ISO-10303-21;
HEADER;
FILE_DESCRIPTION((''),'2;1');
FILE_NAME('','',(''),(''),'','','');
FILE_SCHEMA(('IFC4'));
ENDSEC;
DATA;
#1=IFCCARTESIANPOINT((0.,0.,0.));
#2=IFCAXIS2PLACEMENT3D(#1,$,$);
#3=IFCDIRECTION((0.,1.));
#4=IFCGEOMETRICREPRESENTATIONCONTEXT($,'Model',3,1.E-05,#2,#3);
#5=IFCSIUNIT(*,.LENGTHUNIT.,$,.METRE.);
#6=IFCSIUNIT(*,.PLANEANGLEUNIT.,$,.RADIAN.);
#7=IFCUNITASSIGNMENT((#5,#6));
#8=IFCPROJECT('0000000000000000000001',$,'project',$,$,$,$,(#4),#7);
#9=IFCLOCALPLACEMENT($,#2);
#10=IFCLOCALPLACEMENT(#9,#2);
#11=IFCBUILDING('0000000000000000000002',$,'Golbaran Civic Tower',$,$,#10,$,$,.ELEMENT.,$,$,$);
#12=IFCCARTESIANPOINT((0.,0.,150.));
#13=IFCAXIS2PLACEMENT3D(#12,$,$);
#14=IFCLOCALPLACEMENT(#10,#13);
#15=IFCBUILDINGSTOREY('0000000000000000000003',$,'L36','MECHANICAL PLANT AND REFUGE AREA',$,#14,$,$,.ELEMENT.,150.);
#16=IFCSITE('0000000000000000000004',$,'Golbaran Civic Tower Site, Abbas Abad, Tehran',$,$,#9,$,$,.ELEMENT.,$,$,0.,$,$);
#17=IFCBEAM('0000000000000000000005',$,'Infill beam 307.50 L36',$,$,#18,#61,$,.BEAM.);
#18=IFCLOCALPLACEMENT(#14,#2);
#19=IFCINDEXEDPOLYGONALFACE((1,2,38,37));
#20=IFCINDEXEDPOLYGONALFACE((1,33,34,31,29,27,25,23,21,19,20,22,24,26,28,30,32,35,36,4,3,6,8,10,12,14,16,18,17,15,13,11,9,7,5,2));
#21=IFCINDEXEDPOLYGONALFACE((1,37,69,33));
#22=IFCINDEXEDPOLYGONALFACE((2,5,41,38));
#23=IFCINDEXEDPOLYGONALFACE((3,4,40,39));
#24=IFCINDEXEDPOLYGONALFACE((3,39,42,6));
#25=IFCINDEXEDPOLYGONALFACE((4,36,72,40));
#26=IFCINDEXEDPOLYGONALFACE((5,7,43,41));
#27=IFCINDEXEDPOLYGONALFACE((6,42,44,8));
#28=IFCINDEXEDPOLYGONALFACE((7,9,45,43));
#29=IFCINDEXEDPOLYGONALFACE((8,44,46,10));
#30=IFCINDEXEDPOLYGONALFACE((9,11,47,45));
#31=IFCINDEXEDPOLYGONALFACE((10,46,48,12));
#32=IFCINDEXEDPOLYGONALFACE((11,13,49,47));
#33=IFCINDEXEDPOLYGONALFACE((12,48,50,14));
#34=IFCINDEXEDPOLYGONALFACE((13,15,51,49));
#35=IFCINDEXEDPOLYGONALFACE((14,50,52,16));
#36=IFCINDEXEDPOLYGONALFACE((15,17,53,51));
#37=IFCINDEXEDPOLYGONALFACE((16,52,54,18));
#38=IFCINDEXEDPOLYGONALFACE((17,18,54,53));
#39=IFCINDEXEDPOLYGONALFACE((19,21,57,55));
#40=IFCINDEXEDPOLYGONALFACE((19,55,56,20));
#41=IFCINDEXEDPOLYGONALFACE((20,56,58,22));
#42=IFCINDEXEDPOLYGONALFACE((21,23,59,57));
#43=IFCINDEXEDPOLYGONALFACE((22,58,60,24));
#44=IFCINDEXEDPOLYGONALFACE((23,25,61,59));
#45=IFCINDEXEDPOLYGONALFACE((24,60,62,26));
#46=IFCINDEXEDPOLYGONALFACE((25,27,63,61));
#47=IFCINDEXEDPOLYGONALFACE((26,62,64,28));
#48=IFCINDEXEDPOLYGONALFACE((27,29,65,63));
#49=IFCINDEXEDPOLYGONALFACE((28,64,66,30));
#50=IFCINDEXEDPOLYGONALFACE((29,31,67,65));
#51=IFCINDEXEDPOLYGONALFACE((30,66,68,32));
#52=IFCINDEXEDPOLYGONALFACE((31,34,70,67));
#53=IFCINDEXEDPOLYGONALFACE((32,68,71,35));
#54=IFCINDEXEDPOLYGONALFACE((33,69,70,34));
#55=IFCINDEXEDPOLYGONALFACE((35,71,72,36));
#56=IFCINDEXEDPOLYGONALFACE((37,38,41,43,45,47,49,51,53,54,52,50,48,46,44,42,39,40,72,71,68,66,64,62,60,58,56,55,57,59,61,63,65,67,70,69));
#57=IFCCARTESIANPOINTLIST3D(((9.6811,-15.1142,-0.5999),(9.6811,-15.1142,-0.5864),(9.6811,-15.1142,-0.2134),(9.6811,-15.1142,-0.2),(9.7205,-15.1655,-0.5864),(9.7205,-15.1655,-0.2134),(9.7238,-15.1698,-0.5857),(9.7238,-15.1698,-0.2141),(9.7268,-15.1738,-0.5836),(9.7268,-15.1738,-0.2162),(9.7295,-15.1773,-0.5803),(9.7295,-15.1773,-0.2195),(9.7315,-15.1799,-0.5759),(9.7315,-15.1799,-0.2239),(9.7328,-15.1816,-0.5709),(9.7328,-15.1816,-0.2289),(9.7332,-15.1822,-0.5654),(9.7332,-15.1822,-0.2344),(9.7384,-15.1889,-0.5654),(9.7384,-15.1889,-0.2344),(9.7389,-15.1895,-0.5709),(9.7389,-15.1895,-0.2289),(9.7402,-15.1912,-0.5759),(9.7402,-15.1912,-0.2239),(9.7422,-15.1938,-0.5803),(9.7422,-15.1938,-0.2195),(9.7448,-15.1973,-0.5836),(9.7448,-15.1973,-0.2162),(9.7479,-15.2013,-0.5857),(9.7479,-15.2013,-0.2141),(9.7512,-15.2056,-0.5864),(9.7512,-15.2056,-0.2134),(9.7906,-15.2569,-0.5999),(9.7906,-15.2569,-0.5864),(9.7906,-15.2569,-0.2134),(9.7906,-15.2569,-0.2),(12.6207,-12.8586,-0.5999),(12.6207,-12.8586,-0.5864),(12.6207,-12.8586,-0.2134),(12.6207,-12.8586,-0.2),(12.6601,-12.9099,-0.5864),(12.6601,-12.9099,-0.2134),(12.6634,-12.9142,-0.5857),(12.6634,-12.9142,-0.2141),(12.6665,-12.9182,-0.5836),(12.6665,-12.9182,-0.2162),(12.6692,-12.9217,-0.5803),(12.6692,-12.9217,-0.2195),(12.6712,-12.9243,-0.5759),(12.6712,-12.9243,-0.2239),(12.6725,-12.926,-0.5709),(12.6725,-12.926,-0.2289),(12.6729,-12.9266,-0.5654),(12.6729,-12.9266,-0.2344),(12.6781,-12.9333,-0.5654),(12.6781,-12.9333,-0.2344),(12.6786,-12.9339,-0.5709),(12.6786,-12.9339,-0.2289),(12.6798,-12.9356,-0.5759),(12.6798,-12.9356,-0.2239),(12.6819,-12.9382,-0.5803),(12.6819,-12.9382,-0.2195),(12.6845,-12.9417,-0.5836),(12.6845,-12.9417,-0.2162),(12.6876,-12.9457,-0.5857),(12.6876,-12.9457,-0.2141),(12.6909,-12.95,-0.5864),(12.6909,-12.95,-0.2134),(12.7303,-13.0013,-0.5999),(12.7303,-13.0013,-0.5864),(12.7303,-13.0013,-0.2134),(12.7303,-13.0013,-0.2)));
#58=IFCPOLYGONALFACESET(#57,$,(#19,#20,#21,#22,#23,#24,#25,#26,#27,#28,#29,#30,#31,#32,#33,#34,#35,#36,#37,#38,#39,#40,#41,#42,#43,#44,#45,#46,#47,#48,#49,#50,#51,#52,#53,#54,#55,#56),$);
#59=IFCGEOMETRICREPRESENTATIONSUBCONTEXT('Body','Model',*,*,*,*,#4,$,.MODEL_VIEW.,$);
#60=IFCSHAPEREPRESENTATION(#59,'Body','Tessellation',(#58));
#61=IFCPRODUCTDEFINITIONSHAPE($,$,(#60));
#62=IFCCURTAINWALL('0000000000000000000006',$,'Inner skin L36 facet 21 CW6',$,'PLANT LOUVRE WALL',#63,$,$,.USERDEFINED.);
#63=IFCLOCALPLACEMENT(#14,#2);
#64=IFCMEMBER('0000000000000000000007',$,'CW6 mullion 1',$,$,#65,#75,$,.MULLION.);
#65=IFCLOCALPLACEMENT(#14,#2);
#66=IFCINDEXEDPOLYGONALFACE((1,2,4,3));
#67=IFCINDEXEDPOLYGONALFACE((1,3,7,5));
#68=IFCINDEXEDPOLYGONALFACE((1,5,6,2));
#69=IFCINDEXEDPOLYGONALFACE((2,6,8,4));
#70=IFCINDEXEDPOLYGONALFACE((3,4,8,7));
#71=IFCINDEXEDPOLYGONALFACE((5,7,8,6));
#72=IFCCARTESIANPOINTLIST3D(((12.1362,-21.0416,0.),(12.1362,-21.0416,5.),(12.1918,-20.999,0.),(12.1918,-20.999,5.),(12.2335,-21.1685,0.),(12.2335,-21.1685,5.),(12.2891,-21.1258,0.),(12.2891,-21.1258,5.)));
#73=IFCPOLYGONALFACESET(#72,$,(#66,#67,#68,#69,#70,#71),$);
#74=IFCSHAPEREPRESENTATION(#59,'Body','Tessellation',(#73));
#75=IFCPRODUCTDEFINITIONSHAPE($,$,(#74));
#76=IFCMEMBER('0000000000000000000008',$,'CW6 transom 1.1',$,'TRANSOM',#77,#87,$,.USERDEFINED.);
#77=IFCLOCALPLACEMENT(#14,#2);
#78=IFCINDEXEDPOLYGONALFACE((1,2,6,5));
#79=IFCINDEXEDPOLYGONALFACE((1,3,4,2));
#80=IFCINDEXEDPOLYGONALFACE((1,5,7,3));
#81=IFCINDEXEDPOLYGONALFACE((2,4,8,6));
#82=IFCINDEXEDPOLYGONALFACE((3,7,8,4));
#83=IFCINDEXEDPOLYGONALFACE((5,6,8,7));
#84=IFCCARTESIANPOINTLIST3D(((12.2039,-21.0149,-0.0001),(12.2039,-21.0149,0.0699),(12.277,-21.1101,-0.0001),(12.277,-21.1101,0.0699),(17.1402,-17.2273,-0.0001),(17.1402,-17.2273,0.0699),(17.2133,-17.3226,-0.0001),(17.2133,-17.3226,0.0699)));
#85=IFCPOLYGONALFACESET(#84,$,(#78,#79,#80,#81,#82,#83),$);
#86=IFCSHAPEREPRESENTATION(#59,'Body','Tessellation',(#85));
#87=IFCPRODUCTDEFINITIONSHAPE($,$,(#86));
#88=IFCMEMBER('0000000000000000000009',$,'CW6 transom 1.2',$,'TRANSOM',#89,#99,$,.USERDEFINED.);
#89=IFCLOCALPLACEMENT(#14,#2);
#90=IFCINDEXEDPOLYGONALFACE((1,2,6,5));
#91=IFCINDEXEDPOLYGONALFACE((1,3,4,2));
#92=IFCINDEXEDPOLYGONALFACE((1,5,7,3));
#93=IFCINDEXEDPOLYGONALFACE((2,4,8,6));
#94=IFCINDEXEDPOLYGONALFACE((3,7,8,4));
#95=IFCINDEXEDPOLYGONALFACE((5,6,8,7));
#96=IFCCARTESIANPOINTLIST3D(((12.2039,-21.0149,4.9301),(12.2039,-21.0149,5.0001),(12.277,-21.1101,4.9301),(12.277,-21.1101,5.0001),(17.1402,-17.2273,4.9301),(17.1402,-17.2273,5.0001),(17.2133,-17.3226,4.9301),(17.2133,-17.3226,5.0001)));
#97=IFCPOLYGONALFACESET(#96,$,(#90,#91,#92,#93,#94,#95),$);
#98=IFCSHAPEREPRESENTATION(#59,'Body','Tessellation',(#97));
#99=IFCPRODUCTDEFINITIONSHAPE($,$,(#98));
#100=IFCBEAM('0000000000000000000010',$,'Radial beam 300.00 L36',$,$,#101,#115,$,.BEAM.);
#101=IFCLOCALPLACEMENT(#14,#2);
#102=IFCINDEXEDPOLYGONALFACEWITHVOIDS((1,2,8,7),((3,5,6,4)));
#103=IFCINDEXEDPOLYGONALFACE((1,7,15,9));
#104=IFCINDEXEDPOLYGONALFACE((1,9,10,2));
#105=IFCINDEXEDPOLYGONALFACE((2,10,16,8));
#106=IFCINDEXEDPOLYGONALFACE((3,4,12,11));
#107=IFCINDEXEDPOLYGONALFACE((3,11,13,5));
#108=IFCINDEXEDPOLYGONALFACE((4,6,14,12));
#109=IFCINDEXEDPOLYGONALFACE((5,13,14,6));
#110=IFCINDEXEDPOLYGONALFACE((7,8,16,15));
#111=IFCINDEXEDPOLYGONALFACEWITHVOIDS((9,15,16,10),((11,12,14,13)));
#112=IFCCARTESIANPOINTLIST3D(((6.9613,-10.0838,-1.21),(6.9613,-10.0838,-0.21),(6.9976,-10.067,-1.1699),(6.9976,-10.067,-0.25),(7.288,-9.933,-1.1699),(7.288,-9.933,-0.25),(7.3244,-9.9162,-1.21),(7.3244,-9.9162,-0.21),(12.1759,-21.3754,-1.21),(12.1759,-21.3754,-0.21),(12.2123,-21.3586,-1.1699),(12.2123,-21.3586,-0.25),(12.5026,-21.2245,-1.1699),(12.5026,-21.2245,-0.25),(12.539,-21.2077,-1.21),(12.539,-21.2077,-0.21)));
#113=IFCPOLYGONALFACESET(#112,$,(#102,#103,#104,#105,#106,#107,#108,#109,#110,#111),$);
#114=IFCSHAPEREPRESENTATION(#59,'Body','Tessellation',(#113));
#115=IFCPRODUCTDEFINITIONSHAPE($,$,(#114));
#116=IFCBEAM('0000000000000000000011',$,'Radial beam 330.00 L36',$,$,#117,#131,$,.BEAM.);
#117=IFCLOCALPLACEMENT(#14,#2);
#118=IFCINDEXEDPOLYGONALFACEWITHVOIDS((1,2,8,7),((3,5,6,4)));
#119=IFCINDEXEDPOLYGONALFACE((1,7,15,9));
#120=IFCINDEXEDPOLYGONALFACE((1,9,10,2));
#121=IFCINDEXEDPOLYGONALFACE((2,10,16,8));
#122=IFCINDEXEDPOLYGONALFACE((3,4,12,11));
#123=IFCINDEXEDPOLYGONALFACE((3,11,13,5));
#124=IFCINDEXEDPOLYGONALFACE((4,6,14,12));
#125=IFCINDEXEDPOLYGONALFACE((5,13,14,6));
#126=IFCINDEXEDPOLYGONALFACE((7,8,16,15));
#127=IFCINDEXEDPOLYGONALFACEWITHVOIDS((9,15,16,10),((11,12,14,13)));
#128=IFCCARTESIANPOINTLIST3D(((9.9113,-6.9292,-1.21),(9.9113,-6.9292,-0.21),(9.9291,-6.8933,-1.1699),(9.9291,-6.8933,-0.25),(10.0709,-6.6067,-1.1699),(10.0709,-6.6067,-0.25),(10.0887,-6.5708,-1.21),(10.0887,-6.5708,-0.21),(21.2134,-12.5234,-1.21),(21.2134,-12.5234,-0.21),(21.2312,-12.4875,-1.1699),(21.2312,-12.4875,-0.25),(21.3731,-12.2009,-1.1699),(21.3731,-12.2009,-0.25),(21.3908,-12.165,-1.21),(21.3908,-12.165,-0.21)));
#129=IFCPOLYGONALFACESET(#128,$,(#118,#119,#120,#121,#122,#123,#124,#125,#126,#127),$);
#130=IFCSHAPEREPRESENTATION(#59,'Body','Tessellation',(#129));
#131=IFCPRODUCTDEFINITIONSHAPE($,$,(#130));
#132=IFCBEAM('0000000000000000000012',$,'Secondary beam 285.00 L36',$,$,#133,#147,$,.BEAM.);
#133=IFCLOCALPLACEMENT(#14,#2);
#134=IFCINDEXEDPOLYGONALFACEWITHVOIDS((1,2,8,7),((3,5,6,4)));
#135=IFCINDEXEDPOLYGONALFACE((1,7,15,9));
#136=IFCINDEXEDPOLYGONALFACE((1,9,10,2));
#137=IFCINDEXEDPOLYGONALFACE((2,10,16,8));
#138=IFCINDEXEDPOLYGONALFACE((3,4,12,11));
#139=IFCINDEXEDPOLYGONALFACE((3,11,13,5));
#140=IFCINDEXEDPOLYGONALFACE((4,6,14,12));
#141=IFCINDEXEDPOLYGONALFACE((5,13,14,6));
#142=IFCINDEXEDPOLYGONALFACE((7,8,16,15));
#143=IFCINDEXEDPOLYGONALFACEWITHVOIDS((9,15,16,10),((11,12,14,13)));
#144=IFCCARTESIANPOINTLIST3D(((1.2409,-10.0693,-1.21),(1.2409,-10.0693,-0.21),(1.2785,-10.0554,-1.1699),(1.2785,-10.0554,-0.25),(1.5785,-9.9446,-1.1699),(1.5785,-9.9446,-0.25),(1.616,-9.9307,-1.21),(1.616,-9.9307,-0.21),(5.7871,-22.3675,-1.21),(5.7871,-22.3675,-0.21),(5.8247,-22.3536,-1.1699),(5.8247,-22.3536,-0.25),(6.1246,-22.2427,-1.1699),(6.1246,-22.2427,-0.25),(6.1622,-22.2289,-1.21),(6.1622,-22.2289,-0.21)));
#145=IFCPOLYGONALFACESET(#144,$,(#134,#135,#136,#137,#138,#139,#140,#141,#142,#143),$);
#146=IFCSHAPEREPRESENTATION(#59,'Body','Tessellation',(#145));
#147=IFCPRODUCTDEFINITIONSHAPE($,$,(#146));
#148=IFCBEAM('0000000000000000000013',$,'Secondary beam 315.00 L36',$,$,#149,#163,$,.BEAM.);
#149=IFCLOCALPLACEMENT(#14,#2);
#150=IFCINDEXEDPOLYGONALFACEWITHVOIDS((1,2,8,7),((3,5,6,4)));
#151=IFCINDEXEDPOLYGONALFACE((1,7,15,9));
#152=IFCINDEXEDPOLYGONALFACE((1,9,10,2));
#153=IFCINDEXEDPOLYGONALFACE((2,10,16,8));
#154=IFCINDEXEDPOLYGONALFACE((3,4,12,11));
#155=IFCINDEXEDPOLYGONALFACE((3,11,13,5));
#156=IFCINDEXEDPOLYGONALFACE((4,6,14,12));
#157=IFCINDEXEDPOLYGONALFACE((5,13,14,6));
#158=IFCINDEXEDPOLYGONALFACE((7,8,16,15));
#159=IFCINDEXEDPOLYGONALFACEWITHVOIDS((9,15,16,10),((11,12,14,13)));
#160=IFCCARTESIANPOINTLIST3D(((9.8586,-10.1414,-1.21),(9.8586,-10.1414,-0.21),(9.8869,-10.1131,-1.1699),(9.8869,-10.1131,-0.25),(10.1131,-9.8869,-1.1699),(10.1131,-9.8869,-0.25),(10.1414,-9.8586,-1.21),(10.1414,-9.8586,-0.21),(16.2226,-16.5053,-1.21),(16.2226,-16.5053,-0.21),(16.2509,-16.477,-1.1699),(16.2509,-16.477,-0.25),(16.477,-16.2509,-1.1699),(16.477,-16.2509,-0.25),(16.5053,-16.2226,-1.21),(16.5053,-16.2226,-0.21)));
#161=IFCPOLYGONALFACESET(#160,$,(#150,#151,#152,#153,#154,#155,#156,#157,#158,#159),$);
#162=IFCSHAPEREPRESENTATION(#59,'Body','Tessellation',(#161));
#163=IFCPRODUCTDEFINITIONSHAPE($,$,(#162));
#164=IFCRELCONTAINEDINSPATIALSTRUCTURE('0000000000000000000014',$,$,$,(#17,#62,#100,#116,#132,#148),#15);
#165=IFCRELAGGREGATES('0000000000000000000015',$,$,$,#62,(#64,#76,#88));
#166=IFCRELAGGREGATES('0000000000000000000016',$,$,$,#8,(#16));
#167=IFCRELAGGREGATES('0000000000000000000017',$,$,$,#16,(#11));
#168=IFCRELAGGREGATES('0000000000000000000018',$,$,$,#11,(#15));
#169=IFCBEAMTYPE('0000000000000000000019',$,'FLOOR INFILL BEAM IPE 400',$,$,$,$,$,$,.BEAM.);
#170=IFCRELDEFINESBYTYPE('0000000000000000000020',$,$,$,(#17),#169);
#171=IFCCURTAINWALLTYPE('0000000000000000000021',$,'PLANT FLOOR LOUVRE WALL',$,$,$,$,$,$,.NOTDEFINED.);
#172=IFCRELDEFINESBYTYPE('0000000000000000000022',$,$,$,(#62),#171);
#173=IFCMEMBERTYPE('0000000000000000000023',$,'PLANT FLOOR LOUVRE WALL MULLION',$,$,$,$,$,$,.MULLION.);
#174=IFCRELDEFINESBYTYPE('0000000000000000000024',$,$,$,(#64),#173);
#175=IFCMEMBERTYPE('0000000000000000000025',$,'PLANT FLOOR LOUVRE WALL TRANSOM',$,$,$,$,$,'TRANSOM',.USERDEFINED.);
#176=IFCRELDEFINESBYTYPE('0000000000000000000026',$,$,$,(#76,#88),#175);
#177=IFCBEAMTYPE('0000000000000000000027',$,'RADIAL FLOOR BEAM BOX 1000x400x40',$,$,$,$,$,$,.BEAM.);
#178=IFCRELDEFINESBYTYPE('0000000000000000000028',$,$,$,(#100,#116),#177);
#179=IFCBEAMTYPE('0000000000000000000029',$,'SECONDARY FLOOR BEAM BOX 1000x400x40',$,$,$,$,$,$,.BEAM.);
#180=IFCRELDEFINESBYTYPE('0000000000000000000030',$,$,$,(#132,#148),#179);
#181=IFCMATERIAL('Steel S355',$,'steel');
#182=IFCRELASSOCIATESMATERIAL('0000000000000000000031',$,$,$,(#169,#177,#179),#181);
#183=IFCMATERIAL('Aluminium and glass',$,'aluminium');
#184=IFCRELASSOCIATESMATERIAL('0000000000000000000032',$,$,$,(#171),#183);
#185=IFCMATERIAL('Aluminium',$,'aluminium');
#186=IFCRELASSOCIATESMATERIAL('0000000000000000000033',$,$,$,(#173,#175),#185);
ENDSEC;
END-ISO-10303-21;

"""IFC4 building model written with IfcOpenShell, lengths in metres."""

from ifc_helpers import new_model, si_unit, direction, frame, origin, origin_2d, place, context, subcontext, project, spatial, rectangle, hollow_rectangle, i_section, extrude, material, material_profile, profile_set, type_object, element, aggregate, save


model = new_model("IFC4")

# Units and contexts
model_context = context("Model", 3, precision=1e-05, world=origin(), true_north=direction((0.0, 1.0)))
body_context = subcontext(model_context, "Body", "Model", "MODEL_VIEW")
ifc_project = project(units=[si_unit("LENGTHUNIT", "METRE"), si_unit("PLANEANGLEUNIT", "RADIAN")], contexts=[model_context])

# Site, building, storey
site_placement = place(None, origin())
site = spatial("IfcSite", under=ifc_project, at=site_placement, Name="Golbaran Civic Tower Site, Abbas Abad, Tehran", CompositionType="ELEMENT", RefElevation=0.0)
building_placement = place(site_placement, origin())
building = spatial("IfcBuilding", under=site, at=building_placement, Name="Golbaran Civic Tower", CompositionType="ELEMENT")
storey_placement = place(building_placement, frame((0.0, 0.0, 150.0)))
storey = spatial("IfcBuildingStorey", under=building, at=storey_placement, Name="L36", Description="MECHANICAL PLANT AND REFUGE AREA", CompositionType="ELEMENT", Elevation=150.0)

# Shared definitions
ifc_material_1 = material(Name="Steel S355", Category="steel")

# Beam
ifc_material_profile_1 = material_profile(ifc_material_1, i_section(OverallWidth=0.1799, OverallDepth=0.3999, WebThickness=0.0085, FlangeThickness=0.0134, FilletRadius=0.021, at=origin_2d()), Name="IPE 400")
ifc_profile_set_1 = profile_set([ifc_material_profile_1], Name="Steel S355")
beam_type_1 = type_object("IfcBeamType", Name="FLOOR INFILL BEAM IPE 400", PredefinedType="BEAM", material=ifc_profile_set_1)
beam_1_placement = place(storey_placement, frame((9.7358, -15.1855, -0.3999), z_axis=(0.793366, 0.608745, 0.0), x_axis=(-0.608745, 0.793366, 0.0)))
element("IfcBeam", 1, at=beam_1_placement, inside=storey, type_object=beam_type_1, Name="Infill beam 307.50 L36", PredefinedType="BEAM", context=body_context, shape_type="SweptSolid", body=[
    extrude(i_section(OverallWidth=0.1799, OverallDepth=0.3999, WebThickness=0.0085, FlangeThickness=0.0134, FilletRadius=0.021, at=origin_2d()), origin(), (0.0, 0.0, 1.0), 3.7053),
])

# Curtain wall, members
ifc_material_2 = material(Name="Aluminium and glass", Category="aluminium")
curtain_wall_type = type_object("IfcCurtainWallType", Name="PLANT FLOOR LOUVRE WALL", PredefinedType="NOTDEFINED", material=ifc_material_2)
curtain_wall_placement = place(storey_placement, origin())
curtain_wall = element("IfcCurtainWall", 2, at=curtain_wall_placement, inside=storey, type_object=curtain_wall_type, Name="Inner skin L36 facet 21 CW6", ObjectType="PLANT LOUVRE WALL", PredefinedType="USERDEFINED")
ifc_material_3 = material(Name="Aluminium", Category="aluminium")
ifc_material_profile_2 = material_profile(ifc_material_3, rectangle(XDim=0.1599, YDim=0.0701, at=origin_2d()), Name="PLANT FLOOR LOUVRE WALL MULLION")
ifc_profile_set_2 = profile_set([ifc_material_profile_2], Name="Aluminium")
member_type_1 = type_object("IfcMemberType", Name="PLANT FLOOR LOUVRE WALL MULLION", PredefinedType="MULLION", material=ifc_profile_set_2)
member_1_placement = place(storey_placement, frame((12.2126, -21.0837, 0.0), z_axis=(0.0, 0.0, 1.0), x_axis=(-0.608761, 0.793353, 0.0)))
member_1 = element("IfcMember", 3, at=member_1_placement, type_object=member_type_1, Name="CW6 mullion 1", PredefinedType="MULLION", context=body_context, shape_type="SweptSolid", body=[
    extrude(rectangle(XDim=0.1599, YDim=0.0701, at=origin_2d()), origin(), (0.0, 0.0, 1.0), 5.0),
])
ifc_material_profile_3 = material_profile(ifc_material_3, rectangle(XDim=0.1201, YDim=0.0701, at=origin_2d()), Name="PLANT FLOOR LOUVRE WALL TRANSOM")
ifc_profile_set_3 = profile_set([ifc_material_profile_3], Name="Aluminium")
member_type_2 = type_object("IfcMemberType", Name="PLANT FLOOR LOUVRE WALL TRANSOM", ElementType="TRANSOM", PredefinedType="USERDEFINED", material=ifc_profile_set_3)
member_2_placement = place(storey_placement, frame((12.2405, -21.0625, 0.0349), z_axis=(0.793364, 0.608747, 0.0), x_axis=(-0.608747, 0.793364, 0.0)))
member_2 = element("IfcMember", 4, at=member_2_placement, type_object=member_type_2, Name="CW6 transom 1.1", ObjectType="TRANSOM", PredefinedType="USERDEFINED", context=body_context, shape_type="SweptSolid", body=[
    extrude(rectangle(XDim=0.1201, YDim=0.0701, at=origin_2d()), origin(), (0.0, 0.0, 1.0), 6.2219),
])
member_3_placement = place(storey_placement, frame((12.2405, -21.0625, 4.9651), z_axis=(0.793364, 0.608747, 0.0), x_axis=(-0.608747, 0.793364, 0.0)))
member_3 = element("IfcMember", 5, at=member_3_placement, type_object=member_type_2, Name="CW6 transom 1.2", ObjectType="TRANSOM", PredefinedType="USERDEFINED", context=body_context, shape_type="SweptSolid", body=[
    extrude(rectangle(XDim=0.1201, YDim=0.0701, at=origin_2d()), origin(), (0.0, 0.0, 1.0), 6.2219),
])
aggregate(curtain_wall, [member_1, member_2, member_3])

# Beams
ifc_material_profile_4 = material_profile(ifc_material_1, hollow_rectangle(XDim=0.3999, YDim=1.0, WallThickness=0.04, at=origin_2d()), Name="BOX 1000x400x40")
ifc_profile_set_4 = profile_set([ifc_material_profile_4], Name="Steel S355")
beam_type_2 = type_object("IfcBeamType", Name="RADIAL FLOOR BEAM BOX 1000x400x40", PredefinedType="BEAM", material=ifc_profile_set_4)
beam_2_placement = place(storey_placement, frame((7.1428, -10.0, -0.71), z_axis=(0.419266, -0.907863, 0.0), x_axis=(0.907863, 0.419266, 0.0)))
element("IfcBeam", 6, at=beam_2_placement, inside=storey, type_object=beam_type_2, Name="Radial beam 300.00 L36", PredefinedType="BEAM", context=body_context, shape_type="SweptSolid", body=[
    extrude(hollow_rectangle(XDim=0.3999, YDim=1.0, WallThickness=0.04, at=origin_2d()), origin(), (0.0, 0.0, 1.0), 12.4375),
])
beam_3_placement = place(storey_placement, frame((10.0, -6.75, -0.71), z_axis=(0.896224, -0.443601, 0.0), x_axis=(0.443601, 0.896224, 0.0)))
element("IfcBeam", 7, at=beam_3_placement, inside=storey, type_object=beam_type_2, Name="Radial beam 330.00 L36", PredefinedType="BEAM", context=body_context, shape_type="SweptSolid", body=[
    extrude(hollow_rectangle(XDim=0.3999, YDim=1.0, WallThickness=0.04, at=origin_2d()), origin(), (0.0, 0.0, 1.0), 12.6108),
])
ifc_material_profile_5 = material_profile(ifc_material_1, hollow_rectangle(XDim=0.3999, YDim=1.0, WallThickness=0.04, at=origin_2d()), Name="BOX 1000x400x40")
ifc_profile_set_5 = profile_set([ifc_material_profile_5], Name="Steel S355")
beam_type_3 = type_object("IfcBeamType", Name="SECONDARY FLOOR BEAM BOX 1000x400x40", PredefinedType="BEAM", material=ifc_profile_set_5)
beam_4_placement = place(storey_placement, frame((1.4285, -10.0, -0.71), z_axis=(0.34673, -0.937965, 0.0), x_axis=(0.937965, 0.34673, 0.0)))
element("IfcBeam", 8, at=beam_4_placement, inside=storey, type_object=beam_type_3, Name="Secondary beam 285.00 L36", PredefinedType="BEAM", context=body_context, shape_type="SweptSolid", body=[
    extrude(hollow_rectangle(XDim=0.3999, YDim=1.0, WallThickness=0.04, at=origin_2d()), origin(), (0.0, 0.0, 1.0), 13.1116),
])
beam_5_placement = place(storey_placement, frame((10.0, -10.0, -0.71), z_axis=(0.707107, -0.707107, 0.0), x_axis=(0.707107, 0.707107, 0.0)))
element("IfcBeam", 9, at=beam_5_placement, inside=storey, type_object=beam_type_3, Name="Secondary beam 315.00 L36", PredefinedType="BEAM", context=body_context, shape_type="SweptSolid", body=[
    extrude(hollow_rectangle(XDim=0.3999, YDim=1.0, WallThickness=0.04, at=origin_2d()), origin(), (0.0, 0.0, 1.0), 9.0),
])

save(model, "model.ifc")
